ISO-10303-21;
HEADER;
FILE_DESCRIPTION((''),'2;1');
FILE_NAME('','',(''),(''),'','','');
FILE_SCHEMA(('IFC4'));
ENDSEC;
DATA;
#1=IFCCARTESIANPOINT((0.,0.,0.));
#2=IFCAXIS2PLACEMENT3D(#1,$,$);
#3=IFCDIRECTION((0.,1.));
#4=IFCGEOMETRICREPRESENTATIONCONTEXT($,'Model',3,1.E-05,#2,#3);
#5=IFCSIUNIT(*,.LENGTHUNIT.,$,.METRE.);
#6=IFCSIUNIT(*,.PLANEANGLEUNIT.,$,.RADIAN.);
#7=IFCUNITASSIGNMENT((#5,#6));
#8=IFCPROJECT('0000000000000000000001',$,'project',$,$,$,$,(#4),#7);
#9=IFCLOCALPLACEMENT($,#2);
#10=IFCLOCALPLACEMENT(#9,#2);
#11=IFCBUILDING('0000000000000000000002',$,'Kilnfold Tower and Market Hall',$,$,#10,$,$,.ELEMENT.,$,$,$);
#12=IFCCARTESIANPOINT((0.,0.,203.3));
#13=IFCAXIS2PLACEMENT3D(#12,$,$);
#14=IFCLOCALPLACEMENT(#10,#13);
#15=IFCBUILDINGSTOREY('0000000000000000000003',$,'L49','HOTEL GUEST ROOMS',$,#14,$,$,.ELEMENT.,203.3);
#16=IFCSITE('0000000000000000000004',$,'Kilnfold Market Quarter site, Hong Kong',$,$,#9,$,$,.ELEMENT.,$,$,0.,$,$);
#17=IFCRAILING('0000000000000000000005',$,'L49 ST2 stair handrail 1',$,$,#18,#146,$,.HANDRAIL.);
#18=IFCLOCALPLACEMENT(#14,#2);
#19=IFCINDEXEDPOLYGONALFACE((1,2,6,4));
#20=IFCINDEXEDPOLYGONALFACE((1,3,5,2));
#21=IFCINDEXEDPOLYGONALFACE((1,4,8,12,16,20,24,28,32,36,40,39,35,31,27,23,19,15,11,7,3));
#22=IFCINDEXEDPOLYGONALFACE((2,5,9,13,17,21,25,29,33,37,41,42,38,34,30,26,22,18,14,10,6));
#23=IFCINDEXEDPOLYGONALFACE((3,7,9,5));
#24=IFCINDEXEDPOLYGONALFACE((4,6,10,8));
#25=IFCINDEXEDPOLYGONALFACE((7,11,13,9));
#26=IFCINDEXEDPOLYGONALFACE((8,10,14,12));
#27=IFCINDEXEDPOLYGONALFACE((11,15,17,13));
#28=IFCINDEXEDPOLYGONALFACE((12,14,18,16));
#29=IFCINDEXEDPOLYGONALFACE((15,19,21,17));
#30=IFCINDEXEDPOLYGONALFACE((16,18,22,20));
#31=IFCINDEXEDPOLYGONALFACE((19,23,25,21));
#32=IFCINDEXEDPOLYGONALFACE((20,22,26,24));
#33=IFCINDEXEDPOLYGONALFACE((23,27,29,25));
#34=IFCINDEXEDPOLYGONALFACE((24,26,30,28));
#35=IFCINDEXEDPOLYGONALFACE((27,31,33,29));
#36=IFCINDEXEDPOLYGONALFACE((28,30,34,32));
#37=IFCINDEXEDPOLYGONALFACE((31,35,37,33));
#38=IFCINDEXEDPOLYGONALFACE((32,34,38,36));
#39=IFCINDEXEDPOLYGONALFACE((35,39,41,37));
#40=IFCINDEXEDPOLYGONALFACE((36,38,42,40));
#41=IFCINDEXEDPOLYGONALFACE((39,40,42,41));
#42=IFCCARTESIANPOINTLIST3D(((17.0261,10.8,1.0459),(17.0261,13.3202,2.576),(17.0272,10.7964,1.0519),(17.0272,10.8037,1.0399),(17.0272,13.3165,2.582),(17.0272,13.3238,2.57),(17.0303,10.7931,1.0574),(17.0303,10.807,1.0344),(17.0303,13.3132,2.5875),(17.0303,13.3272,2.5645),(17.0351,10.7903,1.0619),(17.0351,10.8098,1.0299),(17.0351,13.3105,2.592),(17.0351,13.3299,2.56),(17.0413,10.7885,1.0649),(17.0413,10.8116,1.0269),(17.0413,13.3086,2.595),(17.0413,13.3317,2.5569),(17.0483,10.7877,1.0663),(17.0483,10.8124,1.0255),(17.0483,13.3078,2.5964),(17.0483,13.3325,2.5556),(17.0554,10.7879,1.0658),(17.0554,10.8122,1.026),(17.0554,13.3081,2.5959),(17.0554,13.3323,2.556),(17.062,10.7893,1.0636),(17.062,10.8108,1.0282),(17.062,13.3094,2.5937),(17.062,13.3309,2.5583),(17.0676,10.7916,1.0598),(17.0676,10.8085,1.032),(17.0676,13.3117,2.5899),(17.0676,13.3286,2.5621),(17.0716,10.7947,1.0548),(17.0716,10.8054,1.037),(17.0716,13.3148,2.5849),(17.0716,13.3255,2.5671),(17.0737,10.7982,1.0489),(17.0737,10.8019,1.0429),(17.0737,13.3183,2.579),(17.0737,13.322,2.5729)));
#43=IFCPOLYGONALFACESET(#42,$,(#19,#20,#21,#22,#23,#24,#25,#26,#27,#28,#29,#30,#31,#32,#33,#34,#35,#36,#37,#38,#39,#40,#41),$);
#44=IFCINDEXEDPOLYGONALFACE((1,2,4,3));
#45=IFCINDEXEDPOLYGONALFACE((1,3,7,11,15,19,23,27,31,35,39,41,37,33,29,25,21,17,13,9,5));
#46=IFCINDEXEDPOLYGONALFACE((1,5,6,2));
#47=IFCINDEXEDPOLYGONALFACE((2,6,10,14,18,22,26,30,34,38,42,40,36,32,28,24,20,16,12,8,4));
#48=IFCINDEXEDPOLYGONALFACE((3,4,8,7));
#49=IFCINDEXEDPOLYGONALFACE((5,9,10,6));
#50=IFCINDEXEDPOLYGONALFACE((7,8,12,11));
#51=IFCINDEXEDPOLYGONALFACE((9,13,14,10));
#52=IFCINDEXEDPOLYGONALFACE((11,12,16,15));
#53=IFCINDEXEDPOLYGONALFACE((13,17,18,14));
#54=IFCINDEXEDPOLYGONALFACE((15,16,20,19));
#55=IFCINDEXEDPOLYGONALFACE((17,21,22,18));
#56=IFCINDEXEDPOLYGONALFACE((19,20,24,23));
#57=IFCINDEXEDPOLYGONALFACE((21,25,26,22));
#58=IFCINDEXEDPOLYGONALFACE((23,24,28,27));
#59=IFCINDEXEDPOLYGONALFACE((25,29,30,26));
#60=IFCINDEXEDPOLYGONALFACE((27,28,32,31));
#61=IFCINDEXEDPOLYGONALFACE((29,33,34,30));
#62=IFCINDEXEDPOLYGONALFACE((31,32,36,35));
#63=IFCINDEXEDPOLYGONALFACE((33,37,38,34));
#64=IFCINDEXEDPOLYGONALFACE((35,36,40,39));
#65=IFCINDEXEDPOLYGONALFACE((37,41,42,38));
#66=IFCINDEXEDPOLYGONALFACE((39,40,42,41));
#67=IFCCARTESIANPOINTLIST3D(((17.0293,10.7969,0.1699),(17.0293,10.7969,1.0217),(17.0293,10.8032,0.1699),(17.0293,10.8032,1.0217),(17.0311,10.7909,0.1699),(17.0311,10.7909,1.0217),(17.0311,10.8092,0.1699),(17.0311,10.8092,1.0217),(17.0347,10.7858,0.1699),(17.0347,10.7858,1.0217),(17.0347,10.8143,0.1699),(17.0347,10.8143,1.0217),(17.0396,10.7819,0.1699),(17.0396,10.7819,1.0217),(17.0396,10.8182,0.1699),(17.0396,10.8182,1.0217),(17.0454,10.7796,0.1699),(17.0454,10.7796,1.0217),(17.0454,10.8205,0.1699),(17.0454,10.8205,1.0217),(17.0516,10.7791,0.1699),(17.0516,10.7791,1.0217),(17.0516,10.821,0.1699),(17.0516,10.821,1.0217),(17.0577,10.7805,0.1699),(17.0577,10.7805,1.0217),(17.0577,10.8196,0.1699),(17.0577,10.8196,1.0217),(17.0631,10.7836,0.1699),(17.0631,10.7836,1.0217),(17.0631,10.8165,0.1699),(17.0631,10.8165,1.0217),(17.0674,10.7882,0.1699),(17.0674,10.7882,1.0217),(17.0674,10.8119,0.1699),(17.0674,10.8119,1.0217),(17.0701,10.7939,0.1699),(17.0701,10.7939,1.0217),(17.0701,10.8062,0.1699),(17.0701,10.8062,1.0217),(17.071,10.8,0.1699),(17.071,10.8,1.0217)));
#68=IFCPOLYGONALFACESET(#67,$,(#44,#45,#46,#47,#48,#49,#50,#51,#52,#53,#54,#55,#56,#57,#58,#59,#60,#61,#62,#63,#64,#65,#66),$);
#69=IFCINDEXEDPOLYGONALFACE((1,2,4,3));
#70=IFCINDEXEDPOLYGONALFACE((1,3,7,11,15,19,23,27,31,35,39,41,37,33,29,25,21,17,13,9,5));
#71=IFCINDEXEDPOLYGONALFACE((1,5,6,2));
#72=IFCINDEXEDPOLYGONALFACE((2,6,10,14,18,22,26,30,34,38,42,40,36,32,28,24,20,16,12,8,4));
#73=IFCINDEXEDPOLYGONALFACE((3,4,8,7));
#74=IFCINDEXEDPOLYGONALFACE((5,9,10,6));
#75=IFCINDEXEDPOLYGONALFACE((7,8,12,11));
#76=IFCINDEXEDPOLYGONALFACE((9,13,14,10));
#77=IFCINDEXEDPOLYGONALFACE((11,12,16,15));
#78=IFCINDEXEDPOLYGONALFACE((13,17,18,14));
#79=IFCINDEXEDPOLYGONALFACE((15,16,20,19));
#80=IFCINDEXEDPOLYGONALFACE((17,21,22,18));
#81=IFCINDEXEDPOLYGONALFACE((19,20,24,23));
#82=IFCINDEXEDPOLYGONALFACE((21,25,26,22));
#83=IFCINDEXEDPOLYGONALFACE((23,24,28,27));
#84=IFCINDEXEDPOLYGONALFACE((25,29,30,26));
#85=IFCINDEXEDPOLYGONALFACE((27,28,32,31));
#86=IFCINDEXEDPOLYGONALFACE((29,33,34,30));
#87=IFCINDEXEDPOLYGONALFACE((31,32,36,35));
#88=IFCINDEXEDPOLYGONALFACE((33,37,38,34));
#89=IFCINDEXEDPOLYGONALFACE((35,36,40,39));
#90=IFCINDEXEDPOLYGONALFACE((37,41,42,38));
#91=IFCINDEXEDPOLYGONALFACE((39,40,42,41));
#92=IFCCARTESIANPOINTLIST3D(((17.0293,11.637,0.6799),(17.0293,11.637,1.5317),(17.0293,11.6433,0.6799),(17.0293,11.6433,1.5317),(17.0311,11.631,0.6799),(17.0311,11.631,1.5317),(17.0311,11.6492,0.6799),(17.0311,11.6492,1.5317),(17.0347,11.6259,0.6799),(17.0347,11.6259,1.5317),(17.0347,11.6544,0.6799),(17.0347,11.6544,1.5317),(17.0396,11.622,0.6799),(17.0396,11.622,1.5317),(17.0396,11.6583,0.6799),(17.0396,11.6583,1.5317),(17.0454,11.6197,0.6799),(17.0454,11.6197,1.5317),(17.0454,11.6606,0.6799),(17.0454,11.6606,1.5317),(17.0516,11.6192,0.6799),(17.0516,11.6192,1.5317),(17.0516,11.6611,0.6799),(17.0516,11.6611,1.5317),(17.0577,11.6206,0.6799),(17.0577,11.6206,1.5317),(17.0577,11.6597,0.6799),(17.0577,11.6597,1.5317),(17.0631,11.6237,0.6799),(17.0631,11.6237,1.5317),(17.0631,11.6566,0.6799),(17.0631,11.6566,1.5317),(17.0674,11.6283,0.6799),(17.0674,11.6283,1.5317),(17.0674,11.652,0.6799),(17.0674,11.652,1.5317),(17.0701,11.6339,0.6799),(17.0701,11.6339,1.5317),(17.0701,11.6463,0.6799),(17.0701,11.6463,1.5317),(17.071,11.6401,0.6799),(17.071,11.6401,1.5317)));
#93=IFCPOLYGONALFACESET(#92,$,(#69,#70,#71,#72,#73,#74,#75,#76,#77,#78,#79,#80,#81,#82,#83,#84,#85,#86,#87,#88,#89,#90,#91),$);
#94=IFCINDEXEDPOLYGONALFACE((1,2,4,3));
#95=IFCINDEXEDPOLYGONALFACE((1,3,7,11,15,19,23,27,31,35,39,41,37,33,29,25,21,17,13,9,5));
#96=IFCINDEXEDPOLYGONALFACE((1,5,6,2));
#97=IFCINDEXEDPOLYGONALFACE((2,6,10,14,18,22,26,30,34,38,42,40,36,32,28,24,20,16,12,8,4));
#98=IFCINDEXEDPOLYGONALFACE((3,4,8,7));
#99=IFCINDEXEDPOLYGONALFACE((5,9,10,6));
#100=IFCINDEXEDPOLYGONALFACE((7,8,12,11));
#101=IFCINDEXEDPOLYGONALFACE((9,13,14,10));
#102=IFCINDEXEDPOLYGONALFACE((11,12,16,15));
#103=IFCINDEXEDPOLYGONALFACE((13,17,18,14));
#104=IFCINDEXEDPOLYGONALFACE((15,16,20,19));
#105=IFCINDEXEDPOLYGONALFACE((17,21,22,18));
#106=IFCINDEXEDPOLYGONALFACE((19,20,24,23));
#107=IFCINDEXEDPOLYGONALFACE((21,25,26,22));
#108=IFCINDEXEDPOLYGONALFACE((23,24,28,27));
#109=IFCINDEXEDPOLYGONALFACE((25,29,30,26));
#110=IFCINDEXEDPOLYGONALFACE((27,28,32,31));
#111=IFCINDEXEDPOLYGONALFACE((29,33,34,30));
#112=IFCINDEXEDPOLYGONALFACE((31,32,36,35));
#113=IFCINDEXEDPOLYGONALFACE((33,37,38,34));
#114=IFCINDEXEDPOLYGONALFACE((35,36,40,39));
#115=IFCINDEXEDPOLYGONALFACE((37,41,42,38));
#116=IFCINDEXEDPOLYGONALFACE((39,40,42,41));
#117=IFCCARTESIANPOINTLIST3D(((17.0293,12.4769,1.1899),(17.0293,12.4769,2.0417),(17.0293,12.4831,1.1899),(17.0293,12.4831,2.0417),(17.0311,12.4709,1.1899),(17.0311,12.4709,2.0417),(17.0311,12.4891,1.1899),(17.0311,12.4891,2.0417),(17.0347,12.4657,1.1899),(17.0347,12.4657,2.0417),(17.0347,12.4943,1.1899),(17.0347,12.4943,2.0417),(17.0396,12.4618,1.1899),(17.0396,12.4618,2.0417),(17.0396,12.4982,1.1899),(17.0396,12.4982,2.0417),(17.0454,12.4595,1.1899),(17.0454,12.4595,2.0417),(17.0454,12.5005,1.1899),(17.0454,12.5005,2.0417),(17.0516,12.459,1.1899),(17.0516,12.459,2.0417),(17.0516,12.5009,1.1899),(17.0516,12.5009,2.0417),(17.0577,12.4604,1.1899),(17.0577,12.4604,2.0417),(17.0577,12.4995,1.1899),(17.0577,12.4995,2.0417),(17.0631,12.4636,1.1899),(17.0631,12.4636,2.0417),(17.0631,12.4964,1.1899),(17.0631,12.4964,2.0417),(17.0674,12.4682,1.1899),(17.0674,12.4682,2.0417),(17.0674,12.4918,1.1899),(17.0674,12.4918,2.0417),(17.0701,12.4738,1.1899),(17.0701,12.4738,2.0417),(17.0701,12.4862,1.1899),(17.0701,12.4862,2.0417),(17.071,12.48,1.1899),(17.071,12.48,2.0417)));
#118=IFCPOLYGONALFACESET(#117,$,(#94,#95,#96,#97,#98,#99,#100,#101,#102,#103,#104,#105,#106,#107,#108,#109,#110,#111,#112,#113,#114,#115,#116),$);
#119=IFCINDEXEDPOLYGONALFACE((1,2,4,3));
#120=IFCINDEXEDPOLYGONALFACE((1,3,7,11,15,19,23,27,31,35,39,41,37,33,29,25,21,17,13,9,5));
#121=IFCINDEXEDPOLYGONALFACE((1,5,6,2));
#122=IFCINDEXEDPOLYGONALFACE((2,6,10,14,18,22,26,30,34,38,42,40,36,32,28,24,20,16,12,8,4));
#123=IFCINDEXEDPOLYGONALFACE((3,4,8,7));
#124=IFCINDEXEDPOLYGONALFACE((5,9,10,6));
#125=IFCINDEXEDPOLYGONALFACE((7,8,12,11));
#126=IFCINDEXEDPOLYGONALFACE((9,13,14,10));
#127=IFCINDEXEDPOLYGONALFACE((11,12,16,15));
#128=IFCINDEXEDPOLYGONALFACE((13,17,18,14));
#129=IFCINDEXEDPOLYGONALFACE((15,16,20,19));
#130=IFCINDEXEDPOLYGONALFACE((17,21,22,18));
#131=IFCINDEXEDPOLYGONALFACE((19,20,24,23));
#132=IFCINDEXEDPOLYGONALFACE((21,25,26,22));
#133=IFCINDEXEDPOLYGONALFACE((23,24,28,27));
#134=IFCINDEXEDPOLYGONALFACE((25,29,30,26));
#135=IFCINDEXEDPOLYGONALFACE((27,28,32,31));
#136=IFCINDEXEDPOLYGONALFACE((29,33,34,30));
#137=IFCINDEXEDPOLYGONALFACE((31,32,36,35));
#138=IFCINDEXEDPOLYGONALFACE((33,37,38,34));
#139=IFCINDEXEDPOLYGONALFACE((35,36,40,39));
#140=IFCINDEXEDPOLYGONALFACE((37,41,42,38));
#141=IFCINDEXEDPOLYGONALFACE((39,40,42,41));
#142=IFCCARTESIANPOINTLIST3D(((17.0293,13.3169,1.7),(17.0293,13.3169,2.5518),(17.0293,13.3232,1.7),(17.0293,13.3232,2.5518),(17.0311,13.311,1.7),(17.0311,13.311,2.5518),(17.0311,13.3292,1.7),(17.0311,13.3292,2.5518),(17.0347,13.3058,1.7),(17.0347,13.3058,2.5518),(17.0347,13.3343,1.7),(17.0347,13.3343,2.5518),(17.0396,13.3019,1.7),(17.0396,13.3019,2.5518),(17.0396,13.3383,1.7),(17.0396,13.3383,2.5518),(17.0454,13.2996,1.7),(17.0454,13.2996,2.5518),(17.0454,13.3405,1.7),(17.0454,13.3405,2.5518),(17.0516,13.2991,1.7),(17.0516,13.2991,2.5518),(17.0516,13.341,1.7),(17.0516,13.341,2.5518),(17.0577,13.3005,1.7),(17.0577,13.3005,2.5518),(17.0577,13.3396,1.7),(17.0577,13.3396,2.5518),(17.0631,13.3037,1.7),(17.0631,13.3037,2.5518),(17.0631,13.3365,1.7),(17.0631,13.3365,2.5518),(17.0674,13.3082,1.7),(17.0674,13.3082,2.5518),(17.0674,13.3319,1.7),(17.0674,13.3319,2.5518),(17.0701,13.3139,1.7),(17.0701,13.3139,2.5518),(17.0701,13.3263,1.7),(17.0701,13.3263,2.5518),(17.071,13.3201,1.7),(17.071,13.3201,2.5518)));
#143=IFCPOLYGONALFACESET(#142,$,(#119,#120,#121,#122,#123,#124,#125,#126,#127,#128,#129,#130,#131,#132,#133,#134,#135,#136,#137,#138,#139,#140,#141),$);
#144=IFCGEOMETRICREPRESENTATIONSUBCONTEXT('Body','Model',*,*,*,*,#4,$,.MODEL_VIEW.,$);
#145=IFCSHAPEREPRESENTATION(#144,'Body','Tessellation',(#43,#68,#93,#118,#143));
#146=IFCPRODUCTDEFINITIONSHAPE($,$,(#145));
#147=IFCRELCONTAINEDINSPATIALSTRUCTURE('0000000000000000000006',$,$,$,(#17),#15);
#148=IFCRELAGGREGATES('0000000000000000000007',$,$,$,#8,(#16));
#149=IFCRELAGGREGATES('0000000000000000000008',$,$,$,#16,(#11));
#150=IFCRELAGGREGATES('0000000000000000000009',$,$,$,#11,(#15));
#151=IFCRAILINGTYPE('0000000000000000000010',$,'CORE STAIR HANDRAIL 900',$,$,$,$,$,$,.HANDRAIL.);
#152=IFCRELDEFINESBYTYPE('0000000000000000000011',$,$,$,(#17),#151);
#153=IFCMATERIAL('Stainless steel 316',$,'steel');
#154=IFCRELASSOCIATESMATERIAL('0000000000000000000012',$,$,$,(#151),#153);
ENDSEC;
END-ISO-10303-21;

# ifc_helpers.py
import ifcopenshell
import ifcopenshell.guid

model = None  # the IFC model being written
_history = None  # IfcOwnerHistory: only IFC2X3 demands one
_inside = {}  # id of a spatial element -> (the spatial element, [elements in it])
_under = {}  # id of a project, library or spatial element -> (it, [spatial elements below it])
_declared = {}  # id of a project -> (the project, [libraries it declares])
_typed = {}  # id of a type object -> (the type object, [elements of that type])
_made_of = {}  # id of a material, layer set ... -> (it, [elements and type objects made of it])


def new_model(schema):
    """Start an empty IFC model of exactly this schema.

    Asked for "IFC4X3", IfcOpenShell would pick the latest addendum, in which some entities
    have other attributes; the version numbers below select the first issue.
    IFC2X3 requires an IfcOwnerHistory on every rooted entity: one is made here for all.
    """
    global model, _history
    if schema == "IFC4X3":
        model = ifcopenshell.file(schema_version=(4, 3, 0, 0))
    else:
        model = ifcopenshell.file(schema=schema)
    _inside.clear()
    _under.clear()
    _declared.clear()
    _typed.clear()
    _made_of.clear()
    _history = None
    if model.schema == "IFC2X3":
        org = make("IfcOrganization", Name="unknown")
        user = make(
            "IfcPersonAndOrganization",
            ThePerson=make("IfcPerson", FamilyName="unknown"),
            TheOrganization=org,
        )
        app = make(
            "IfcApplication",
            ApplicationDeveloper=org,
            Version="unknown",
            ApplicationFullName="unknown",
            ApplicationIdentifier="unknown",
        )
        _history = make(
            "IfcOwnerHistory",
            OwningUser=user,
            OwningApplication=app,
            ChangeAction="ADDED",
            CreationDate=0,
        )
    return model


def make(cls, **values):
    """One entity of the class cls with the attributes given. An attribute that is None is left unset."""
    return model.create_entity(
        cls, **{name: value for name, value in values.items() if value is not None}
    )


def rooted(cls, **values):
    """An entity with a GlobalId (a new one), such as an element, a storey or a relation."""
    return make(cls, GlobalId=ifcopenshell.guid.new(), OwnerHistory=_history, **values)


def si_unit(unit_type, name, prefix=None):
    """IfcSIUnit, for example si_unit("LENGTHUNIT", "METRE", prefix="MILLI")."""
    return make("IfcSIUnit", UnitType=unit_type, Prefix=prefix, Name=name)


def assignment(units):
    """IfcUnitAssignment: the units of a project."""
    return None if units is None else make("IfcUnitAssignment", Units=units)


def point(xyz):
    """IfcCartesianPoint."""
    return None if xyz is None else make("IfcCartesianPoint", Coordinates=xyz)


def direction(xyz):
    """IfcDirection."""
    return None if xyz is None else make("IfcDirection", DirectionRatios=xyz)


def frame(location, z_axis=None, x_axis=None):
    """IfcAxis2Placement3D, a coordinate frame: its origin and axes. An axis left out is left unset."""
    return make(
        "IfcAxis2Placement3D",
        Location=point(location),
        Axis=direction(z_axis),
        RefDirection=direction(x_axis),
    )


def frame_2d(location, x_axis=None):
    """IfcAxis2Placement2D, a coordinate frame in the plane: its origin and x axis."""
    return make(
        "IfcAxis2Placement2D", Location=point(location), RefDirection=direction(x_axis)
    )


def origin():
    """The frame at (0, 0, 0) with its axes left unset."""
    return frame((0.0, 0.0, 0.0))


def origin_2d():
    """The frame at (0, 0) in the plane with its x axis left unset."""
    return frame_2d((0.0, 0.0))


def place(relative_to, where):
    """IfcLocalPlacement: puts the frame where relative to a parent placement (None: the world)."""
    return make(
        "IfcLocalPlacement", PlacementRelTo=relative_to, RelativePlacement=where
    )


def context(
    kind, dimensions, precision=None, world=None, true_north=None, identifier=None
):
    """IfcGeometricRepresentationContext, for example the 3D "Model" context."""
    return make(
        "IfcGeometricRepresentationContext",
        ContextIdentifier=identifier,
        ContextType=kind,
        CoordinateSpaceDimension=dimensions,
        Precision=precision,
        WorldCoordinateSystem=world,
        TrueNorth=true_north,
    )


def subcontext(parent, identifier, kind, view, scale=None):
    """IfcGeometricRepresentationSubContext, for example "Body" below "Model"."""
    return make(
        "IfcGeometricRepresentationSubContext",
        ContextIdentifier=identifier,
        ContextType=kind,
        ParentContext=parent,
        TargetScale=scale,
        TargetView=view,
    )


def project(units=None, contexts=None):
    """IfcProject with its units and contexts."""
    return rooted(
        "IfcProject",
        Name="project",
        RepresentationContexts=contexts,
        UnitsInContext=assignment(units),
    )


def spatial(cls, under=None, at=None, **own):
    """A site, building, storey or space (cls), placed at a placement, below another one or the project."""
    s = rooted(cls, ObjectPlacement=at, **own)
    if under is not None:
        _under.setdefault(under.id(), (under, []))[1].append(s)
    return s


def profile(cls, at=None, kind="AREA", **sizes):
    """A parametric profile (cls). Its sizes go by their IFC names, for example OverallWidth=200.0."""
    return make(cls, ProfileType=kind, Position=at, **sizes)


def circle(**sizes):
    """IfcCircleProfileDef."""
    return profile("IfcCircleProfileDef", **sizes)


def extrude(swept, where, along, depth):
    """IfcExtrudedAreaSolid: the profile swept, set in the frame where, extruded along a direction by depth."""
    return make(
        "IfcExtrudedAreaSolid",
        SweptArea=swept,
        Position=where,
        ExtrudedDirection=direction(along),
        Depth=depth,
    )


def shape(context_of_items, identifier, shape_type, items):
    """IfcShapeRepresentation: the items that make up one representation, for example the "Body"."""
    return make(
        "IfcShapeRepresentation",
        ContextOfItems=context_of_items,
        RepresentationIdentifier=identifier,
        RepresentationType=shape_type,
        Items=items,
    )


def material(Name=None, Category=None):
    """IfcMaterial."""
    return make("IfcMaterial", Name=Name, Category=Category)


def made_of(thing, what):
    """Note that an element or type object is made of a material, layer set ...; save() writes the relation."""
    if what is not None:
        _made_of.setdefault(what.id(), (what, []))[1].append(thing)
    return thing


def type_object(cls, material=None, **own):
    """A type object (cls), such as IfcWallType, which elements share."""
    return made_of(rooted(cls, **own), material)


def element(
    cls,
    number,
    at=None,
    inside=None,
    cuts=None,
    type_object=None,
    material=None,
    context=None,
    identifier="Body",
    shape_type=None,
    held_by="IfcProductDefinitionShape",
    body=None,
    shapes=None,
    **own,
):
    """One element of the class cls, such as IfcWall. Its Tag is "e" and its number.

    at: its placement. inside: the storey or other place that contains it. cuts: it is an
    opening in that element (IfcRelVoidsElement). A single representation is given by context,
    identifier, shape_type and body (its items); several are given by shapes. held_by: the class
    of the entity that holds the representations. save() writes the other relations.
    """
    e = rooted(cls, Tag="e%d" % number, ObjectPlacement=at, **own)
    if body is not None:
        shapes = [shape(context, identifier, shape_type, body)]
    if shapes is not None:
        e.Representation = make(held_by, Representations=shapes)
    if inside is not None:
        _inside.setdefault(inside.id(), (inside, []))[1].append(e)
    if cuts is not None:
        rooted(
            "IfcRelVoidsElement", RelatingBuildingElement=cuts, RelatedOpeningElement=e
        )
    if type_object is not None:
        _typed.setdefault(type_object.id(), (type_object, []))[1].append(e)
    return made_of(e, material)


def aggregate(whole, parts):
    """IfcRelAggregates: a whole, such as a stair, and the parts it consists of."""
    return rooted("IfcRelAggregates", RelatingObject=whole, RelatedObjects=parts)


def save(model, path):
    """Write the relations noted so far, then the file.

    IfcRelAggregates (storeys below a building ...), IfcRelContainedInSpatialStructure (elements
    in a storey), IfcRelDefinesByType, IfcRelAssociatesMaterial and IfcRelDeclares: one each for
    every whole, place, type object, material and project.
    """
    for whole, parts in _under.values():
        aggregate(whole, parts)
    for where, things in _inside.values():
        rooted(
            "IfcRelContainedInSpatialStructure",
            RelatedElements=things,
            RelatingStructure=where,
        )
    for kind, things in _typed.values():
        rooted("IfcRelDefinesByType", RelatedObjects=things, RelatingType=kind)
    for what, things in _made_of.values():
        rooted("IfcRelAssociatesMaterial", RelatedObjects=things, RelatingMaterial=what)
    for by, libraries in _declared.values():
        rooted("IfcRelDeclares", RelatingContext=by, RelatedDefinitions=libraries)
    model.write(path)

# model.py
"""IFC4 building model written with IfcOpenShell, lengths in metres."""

from ifc_helpers import new_model, si_unit, direction, frame, origin, origin_2d, place, context, subcontext, project, spatial, circle, extrude, material, type_object, element, save


model = new_model("IFC4")

# Units and contexts
model_context = context("Model", 3, precision=1e-05, world=origin(), true_north=direction((0.0, 1.0)))
body_context = subcontext(model_context, "Body", "Model", "MODEL_VIEW")
ifc_project = project(units=[si_unit("LENGTHUNIT", "METRE"), si_unit("PLANEANGLEUNIT", "RADIAN")], contexts=[model_context])

# Site, building, storey
site_placement = place(None, origin())
site = spatial("IfcSite", under=ifc_project, at=site_placement, Name="Kilnfold Market Quarter site, Hong Kong", CompositionType="ELEMENT", RefElevation=0.0)
building_placement = place(site_placement, origin())
building = spatial("IfcBuilding", under=site, at=building_placement, Name="Kilnfold Tower and Market Hall", CompositionType="ELEMENT")
storey_placement = place(building_placement, frame((0.0, 0.0, 203.3)))
storey = spatial("IfcBuildingStorey", under=building, at=storey_placement, Name="L49", Description="HOTEL GUEST ROOMS", CompositionType="ELEMENT", Elevation=203.3)

# Railing
ifc_material_1 = material(Name="Stainless steel 316", Category="steel")
railing_type_1 = type_object("IfcRailingType", Name="CORE STAIR HANDRAIL 900", PredefinedType="HANDRAIL", material=ifc_material_1)
for number, where, name in (
    (1, (17.05, 10.8, 0.1699), "L49 ST2 stair handrail 1"),
):
    element("IfcRailing", number, at=place(storey_placement, frame(where)), inside=storey, type_object=railing_type_1, Name=name, PredefinedType="HANDRAIL", context=body_context, shape_type="SweptSolid", body=[
        extrude(circle(Radius=0.0239, at=origin_2d()), frame((0.0, 0.0, 0.876), z_axis=(0.0, 0.854785, 0.518982), x_axis=(-1.0, 0.0, 0.0)), (0.0, 0.0, 1.0), 2.9482),
        extrude(circle(Radius=0.021, at=origin_2d()), origin(), (0.0, 0.0, 1.0), 0.8518),
        extrude(circle(Radius=0.021, at=origin_2d()), frame((0.0, 0.8401, 0.51)), (0.0, 0.0, 1.0), 0.8518),
        extrude(circle(Radius=0.021, at=origin_2d()), frame((0.0, 1.6799, 1.02)), (0.0, 0.0, 1.0), 0.8518),
        extrude(circle(Radius=0.021, at=origin_2d()), frame((0.0, 2.52, 1.53)), (0.0, 0.0, 1.0), 0.8518),
    ])

save(model, "model.ifc")
